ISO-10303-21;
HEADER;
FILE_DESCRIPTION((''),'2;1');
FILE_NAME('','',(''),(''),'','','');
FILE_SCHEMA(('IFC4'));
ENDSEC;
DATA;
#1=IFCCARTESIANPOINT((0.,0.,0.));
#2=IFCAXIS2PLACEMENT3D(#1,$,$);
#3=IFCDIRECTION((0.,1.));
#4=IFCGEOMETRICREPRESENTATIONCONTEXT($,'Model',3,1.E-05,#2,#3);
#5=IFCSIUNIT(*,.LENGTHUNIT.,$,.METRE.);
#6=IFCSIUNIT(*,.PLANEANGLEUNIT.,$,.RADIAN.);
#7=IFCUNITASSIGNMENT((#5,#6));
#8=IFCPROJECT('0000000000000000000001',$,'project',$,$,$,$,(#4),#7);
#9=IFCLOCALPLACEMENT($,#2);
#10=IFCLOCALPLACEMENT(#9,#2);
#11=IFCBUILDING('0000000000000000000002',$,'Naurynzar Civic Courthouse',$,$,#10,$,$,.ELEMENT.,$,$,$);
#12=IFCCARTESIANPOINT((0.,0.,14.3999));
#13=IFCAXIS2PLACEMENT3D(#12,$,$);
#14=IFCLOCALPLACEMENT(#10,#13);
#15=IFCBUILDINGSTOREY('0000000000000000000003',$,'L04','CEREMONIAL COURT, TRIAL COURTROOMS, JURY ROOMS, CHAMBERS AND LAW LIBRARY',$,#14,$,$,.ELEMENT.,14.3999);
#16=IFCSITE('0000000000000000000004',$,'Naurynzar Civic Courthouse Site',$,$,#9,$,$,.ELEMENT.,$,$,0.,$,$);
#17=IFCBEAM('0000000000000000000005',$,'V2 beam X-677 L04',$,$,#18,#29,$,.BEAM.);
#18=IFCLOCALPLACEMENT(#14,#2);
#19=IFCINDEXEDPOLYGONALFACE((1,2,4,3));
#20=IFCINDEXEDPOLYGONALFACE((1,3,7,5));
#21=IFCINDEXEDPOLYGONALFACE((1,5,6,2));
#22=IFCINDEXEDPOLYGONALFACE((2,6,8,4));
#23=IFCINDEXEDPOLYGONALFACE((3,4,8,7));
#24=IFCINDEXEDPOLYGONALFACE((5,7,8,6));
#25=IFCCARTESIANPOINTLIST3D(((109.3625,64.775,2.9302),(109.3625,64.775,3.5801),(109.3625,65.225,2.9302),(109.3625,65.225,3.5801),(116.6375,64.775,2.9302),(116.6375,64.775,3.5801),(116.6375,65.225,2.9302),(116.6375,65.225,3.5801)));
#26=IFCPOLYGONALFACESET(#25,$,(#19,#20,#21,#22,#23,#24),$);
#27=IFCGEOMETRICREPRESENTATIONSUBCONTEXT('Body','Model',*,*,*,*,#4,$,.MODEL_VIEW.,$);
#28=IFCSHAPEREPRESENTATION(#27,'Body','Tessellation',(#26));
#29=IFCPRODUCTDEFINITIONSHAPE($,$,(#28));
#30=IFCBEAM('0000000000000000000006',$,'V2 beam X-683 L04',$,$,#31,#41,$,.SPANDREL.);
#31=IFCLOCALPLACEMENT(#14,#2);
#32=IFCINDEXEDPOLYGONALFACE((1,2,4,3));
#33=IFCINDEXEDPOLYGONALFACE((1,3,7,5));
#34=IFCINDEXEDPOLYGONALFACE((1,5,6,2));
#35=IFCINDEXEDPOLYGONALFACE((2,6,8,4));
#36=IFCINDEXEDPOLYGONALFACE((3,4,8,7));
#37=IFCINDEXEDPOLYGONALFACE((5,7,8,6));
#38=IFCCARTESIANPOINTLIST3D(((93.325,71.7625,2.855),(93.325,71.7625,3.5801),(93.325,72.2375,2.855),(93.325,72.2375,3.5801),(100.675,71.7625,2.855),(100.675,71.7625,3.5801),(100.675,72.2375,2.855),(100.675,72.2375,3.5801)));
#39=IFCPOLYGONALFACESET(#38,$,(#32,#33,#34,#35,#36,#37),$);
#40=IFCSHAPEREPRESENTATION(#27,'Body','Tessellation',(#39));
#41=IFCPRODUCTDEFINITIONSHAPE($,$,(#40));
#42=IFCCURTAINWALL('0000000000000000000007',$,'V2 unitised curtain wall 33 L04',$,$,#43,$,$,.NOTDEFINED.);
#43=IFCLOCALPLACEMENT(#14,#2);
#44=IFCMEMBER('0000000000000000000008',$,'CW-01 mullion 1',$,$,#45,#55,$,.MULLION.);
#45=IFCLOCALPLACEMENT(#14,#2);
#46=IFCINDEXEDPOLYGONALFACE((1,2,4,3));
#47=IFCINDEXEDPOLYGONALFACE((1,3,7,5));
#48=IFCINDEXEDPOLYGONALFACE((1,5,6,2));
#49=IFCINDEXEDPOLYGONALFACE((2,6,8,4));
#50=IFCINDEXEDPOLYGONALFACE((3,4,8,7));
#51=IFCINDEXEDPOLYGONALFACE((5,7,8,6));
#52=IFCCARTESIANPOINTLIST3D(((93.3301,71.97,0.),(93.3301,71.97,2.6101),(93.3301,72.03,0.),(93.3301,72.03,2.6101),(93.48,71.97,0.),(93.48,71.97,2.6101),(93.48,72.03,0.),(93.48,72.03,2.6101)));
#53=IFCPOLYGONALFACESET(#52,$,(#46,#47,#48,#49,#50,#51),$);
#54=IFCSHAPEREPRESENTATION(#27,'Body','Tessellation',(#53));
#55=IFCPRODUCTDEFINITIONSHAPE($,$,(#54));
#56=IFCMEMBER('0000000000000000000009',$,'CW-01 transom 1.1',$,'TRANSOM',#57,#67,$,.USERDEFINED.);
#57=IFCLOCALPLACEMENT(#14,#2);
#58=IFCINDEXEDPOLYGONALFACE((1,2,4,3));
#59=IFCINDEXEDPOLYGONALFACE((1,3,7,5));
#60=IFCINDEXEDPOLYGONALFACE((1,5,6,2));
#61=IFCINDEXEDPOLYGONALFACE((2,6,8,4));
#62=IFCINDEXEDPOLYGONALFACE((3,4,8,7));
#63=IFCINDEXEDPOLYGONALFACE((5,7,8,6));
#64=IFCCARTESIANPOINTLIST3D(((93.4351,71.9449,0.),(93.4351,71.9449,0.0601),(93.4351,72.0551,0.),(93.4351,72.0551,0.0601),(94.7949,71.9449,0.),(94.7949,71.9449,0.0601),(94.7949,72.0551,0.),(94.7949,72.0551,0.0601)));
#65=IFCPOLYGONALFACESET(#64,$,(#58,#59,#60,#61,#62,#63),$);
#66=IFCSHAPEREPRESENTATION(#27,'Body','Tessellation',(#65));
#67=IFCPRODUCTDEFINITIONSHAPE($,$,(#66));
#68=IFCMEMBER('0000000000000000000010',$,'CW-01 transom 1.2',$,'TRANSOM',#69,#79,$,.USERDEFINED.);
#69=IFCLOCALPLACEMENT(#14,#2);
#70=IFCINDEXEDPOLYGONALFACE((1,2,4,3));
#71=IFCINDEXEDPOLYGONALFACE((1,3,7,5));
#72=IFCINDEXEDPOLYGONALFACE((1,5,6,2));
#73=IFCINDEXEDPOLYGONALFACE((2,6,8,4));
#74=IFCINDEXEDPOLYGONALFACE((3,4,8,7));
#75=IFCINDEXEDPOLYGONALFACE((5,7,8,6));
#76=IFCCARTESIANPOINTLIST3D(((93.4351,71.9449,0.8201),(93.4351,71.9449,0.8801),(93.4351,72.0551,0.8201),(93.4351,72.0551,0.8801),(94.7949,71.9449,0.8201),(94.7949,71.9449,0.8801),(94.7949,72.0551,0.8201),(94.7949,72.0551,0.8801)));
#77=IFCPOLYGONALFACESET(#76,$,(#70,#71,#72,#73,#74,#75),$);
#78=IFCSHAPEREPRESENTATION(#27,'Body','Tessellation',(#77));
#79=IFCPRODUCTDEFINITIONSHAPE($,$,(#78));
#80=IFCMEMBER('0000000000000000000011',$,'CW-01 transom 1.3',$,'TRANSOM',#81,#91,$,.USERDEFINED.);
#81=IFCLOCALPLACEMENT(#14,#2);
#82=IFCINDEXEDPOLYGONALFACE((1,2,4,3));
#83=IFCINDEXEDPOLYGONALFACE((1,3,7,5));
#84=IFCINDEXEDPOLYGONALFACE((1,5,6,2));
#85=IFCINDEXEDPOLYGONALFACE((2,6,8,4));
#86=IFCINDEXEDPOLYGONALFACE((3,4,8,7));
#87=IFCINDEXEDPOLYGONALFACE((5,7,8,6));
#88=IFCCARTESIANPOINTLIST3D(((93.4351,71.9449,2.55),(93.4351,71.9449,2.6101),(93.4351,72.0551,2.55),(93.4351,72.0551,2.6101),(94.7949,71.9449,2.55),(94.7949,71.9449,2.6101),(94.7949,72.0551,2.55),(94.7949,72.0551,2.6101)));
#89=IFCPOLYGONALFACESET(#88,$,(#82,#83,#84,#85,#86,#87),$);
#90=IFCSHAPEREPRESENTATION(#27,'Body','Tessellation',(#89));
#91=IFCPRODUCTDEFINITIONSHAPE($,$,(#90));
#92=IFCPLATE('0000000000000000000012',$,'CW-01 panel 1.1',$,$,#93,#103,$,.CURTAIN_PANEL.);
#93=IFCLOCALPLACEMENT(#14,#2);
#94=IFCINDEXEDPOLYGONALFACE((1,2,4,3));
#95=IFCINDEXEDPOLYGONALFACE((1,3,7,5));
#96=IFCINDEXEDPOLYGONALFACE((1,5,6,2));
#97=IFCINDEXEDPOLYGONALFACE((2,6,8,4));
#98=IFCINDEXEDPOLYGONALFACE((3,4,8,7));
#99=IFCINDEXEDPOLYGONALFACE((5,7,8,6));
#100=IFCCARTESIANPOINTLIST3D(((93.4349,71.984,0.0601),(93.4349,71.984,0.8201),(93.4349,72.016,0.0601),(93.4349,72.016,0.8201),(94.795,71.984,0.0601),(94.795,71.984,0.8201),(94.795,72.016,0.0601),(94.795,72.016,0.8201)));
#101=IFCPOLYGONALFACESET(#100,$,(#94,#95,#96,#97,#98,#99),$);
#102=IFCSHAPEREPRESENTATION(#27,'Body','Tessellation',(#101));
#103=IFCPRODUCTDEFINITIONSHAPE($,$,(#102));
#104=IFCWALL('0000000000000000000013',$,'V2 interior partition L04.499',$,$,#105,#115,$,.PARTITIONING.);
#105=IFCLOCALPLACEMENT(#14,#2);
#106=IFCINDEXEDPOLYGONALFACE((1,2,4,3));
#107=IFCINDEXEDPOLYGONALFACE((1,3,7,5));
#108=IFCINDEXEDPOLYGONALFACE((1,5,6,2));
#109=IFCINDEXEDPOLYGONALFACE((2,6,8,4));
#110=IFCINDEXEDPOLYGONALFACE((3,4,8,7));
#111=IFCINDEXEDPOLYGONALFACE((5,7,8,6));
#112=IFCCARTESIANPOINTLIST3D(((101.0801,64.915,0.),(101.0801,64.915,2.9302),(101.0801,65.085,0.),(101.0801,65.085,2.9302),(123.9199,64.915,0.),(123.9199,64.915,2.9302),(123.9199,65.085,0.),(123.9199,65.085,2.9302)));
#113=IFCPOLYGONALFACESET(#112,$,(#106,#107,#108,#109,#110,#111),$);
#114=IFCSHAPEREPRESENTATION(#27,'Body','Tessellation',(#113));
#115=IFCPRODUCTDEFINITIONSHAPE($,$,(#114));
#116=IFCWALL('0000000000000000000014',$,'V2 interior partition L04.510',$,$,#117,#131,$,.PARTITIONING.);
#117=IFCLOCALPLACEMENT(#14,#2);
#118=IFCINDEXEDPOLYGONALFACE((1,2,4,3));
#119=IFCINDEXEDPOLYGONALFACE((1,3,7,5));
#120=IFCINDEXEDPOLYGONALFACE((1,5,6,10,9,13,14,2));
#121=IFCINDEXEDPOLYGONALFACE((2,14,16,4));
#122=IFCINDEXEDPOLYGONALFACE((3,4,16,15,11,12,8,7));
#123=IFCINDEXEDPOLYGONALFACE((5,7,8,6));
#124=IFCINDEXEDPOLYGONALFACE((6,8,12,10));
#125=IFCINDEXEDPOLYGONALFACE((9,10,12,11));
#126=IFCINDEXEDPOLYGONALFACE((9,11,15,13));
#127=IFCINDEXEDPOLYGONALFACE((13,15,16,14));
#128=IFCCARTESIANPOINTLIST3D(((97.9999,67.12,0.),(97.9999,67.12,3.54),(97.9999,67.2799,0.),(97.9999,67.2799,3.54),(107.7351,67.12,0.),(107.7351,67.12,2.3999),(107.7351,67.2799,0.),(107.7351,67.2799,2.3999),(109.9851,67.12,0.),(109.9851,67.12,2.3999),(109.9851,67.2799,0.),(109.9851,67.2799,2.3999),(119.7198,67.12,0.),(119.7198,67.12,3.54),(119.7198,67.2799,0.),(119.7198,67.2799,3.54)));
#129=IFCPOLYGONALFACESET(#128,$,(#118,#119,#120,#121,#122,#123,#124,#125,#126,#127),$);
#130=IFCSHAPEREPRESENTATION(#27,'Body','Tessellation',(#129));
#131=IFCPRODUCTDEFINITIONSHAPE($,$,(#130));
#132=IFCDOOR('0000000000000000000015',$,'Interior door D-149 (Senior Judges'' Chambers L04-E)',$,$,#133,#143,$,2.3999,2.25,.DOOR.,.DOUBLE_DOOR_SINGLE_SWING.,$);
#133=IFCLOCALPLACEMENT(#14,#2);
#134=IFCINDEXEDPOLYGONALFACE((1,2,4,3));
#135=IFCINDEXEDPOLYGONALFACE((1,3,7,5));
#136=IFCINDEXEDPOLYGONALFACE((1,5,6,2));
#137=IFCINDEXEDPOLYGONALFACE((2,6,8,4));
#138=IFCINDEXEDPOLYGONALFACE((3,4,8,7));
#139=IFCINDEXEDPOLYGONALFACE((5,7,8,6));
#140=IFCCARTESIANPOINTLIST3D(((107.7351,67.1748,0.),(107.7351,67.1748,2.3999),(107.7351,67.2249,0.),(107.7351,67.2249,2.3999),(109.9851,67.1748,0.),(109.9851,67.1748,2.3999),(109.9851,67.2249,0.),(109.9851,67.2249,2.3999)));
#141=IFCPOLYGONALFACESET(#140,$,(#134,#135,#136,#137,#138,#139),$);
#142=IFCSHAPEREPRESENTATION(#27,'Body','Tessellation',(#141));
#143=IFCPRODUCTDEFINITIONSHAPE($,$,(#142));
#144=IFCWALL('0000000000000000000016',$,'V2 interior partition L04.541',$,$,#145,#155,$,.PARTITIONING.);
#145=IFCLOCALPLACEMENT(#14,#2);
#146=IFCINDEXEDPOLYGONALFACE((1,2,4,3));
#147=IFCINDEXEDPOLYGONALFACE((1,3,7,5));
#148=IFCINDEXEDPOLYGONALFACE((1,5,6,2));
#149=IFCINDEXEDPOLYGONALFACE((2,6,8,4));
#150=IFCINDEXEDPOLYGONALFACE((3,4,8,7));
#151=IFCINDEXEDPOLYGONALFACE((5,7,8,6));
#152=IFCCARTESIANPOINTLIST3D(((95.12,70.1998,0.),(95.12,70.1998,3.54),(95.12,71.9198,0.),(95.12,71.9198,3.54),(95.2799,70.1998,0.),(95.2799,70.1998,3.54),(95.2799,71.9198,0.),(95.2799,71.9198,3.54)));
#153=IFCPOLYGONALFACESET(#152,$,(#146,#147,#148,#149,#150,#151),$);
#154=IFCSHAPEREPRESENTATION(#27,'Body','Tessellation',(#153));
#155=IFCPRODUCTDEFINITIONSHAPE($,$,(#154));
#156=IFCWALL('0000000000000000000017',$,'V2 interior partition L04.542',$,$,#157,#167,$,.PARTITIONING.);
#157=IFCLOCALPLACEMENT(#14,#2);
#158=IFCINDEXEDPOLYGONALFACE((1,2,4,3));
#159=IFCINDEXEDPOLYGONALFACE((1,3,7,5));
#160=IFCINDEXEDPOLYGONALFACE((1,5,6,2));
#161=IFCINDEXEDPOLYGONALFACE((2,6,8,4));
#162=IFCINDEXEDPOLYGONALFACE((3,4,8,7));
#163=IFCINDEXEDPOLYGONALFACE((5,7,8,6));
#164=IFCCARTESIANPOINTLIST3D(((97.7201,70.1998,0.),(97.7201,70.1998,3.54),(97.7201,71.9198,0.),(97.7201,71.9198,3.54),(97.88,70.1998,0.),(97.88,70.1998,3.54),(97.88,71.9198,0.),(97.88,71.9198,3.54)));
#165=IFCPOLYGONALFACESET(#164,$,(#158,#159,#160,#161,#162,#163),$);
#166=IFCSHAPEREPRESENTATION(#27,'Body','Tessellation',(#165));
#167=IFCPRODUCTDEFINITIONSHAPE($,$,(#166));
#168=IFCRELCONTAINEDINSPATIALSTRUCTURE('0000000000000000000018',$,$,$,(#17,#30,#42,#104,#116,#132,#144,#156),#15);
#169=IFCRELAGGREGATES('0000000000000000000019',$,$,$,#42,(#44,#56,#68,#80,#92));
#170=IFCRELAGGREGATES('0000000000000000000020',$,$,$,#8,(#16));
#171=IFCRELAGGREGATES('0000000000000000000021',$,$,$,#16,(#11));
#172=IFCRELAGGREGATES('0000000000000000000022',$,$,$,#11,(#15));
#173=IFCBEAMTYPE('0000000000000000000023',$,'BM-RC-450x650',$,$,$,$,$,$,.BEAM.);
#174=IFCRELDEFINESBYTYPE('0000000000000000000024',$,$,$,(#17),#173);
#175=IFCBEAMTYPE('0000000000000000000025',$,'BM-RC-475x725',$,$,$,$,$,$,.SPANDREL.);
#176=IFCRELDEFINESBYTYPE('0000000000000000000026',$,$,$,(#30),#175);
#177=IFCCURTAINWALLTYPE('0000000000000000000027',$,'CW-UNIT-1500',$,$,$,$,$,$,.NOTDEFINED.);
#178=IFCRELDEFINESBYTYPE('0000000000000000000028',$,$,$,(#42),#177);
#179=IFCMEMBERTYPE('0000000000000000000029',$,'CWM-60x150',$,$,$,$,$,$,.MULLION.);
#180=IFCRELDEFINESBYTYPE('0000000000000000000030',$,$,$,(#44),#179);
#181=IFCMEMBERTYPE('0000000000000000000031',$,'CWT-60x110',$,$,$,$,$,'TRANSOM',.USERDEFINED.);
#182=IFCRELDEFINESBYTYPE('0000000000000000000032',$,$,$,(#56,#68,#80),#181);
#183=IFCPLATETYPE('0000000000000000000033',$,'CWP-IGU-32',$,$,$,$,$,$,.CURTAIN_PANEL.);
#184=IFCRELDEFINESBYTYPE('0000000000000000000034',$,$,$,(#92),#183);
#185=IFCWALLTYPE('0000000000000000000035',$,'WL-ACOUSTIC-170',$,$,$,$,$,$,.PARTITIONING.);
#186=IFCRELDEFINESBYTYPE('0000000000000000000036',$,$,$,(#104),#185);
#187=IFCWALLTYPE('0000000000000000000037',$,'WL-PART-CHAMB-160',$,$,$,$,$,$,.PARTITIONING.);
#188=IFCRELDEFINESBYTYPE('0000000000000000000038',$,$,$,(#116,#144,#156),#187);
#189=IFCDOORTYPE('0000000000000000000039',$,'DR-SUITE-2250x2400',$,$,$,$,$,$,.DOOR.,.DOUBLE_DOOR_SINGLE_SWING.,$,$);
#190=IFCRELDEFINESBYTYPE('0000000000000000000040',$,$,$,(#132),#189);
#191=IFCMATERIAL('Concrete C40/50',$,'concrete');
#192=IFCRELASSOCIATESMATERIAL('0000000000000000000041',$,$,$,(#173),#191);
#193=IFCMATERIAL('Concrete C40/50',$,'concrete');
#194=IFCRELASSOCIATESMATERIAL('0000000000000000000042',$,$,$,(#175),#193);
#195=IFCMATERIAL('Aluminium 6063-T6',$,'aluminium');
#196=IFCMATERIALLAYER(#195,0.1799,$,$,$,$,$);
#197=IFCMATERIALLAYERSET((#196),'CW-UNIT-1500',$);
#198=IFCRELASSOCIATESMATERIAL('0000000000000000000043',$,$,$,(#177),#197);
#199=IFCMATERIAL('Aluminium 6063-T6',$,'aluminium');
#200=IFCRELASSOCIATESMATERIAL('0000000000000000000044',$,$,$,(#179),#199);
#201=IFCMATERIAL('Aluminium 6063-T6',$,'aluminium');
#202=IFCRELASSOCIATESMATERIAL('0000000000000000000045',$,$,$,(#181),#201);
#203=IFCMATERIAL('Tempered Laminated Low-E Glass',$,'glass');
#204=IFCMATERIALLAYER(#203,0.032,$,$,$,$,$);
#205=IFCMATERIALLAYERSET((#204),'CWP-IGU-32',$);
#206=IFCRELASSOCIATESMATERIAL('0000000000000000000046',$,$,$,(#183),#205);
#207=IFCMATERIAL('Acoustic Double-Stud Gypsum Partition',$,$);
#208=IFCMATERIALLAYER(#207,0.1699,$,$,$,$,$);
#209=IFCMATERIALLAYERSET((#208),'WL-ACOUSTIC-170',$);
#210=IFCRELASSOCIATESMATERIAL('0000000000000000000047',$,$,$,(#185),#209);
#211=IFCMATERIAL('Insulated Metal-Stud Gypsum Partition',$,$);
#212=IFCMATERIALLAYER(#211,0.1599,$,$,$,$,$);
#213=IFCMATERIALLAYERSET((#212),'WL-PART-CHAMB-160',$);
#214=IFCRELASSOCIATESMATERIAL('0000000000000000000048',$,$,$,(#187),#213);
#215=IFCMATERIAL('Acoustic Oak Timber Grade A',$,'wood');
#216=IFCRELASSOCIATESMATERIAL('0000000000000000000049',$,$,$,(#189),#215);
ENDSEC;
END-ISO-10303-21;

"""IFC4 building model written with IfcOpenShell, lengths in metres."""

from ifc_helpers import new_model, si_unit, direction, frame, frame_2d, origin, origin_2d, place, context, subcontext, project, spatial, rectangle, extrude, material, layer, layer_set, material_profile, profile_set, type_object, element, fill, aggregate, save


model = new_model("IFC4")

# Units and contexts
model_context = context("Model", 3, precision=1e-05, world=origin(), true_north=direction((0.0, 1.0)))
body_context = subcontext(model_context, "Body", "Model", "MODEL_VIEW")
ifc_project = project(units=[si_unit("LENGTHUNIT", "METRE"), si_unit("PLANEANGLEUNIT", "RADIAN")], contexts=[model_context])

# Site, building, storey
site_placement = place(None, origin())
site = spatial("IfcSite", under=ifc_project, at=site_placement, Name="Naurynzar Civic Courthouse Site", CompositionType="ELEMENT", RefElevation=0.0)
building_placement = place(site_placement, origin())
building = spatial("IfcBuilding", under=site, at=building_placement, Name="Naurynzar Civic Courthouse", CompositionType="ELEMENT")
storey_placement = place(building_placement, frame((0.0, 0.0, 14.3999)))
storey = spatial("IfcBuildingStorey", under=building, at=storey_placement, Name="L04", Description="CEREMONIAL COURT, TRIAL COURTROOMS, JURY ROOMS, CHAMBERS AND LAW LIBRARY", CompositionType="ELEMENT", Elevation=14.3999)

# Beams
ifc_material_1 = material(Name="Concrete C40/50", Category="concrete")
ifc_material_profile_1 = material_profile(ifc_material_1, rectangle(XDim=0.45, YDim=0.6499, at=origin_2d()), Name="RCB 450x650")
ifc_profile_set_1 = profile_set([ifc_material_profile_1], Name="Concrete C40/50")
beam_type_1 = type_object("IfcBeamType", Name="BM-RC-450x650", PredefinedType="BEAM", material=ifc_profile_set_1)
for number, where, z_axis, x_axis, name in (
    (1, (109.3625, 65.0, 3.2551), (1.0, 0.0, 0.0), (0.0, 1.0, 0.0), "V2 beam X-677 L04"),
):
    element("IfcBeam", number, at=place(storey_placement, frame(where, z_axis=z_axis, x_axis=x_axis)), inside=storey, type_object=beam_type_1, Name=name, PredefinedType="BEAM", context=body_context, shape_type="SweptSolid", body=[
        extrude(rectangle(XDim=0.45, YDim=0.6499, at=origin_2d()), origin(), (0.0, 0.0, 1.0), 7.2749),
    ])
ifc_material_2 = material(Name="Concrete C40/50", Category="concrete")
ifc_material_profile_2 = material_profile(ifc_material_2, rectangle(XDim=0.4751, YDim=0.7251, at=origin_2d()), Name="RCB 475x725")
ifc_profile_set_2 = profile_set([ifc_material_profile_2], Name="Concrete C40/50")
beam_type_2 = type_object("IfcBeamType", Name="BM-RC-475x725", PredefinedType="SPANDREL", material=ifc_profile_set_2)
beam_placement = place(storey_placement, frame((93.325, 72.0, 3.2175), z_axis=(1.0, 0.0, 0.0), x_axis=(0.0, 1.0, 0.0)))
element("IfcBeam", 2, at=beam_placement, inside=storey, type_object=beam_type_2, Name="V2 beam X-683 L04", PredefinedType="SPANDREL", context=body_context, shape_type="SweptSolid", body=[
    extrude(rectangle(XDim=0.4751, YDim=0.7251, at=origin_2d()), origin(), (0.0, 0.0, 1.0), 7.3501),
])

# Curtain wall, members, plate
ifc_material_3 = material(Name="Aluminium 6063-T6", Category="aluminium")
ifc_layer_1 = layer(ifc_material_3, 0.1799)
ifc_layer_set_1 = layer_set([ifc_layer_1], Name="CW-UNIT-1500")
curtain_wall_type = type_object("IfcCurtainWallType", Name="CW-UNIT-1500", PredefinedType="NOTDEFINED", material=ifc_layer_set_1)
curtain_wall_placement = place(storey_placement, origin())
curtain_wall = element("IfcCurtainWall", 3, at=curtain_wall_placement, inside=storey, type_object=curtain_wall_type, Name="V2 unitised curtain wall 33 L04", PredefinedType="NOTDEFINED")
ifc_material_4 = material(Name="Aluminium 6063-T6", Category="aluminium")
ifc_material_profile_3 = material_profile(ifc_material_4, rectangle(XDim=0.0601, YDim=0.1499, at=origin_2d()), Name="ALU MULLION 60x150")
ifc_profile_set_3 = profile_set([ifc_material_profile_3], Name="Aluminium 6063-T6")
member_type_1 = type_object("IfcMemberType", Name="CWM-60x150", PredefinedType="MULLION", material=ifc_profile_set_3)
member_1_placement = place(storey_placement, frame((93.405, 72.0, 0.0), z_axis=(0.0, 0.0, 1.0), x_axis=(0.0, 1.0, 0.0)))
member_1 = element("IfcMember", 4, at=member_1_placement, type_object=member_type_1, Name="CW-01 mullion 1", PredefinedType="MULLION", context=body_context, shape_type="SweptSolid", body=[
    extrude(rectangle(XDim=0.0601, YDim=0.1499, at=origin_2d()), origin(), (0.0, 0.0, 1.0), 2.6101),
])
ifc_material_5 = material(Name="Aluminium 6063-T6", Category="aluminium")
ifc_material_profile_4 = material_profile(ifc_material_5, rectangle(XDim=0.1101, YDim=0.0601, at=origin_2d()), Name="ALU TRANSOM 60x110")
ifc_profile_set_4 = profile_set([ifc_material_profile_4], Name="Aluminium 6063-T6")
member_type_2 = type_object("IfcMemberType", Name="CWT-60x110", ElementType="TRANSOM", PredefinedType="USERDEFINED", material=ifc_profile_set_4)
member_2_placement = place(storey_placement, frame((93.4351, 72.0, 0.03), z_axis=(1.0, 0.0, 0.0), x_axis=(0.0, 1.0, 0.0)))
member_2 = element("IfcMember", 5, at=member_2_placement, type_object=member_type_2, Name="CW-01 transom 1.1", ObjectType="TRANSOM", PredefinedType="USERDEFINED", context=body_context, shape_type="SweptSolid", body=[
    extrude(rectangle(XDim=0.1101, YDim=0.0601, at=origin_2d()), origin(), (0.0, 0.0, 1.0), 1.3599),
])
member_3_placement = place(storey_placement, frame((93.4351, 72.0, 0.8501), z_axis=(1.0, 0.0, 0.0), x_axis=(0.0, 1.0, 0.0)))
member_3 = element("IfcMember", 6, at=member_3_placement, type_object=member_type_2, Name="CW-01 transom 1.2", ObjectType="TRANSOM", PredefinedType="USERDEFINED", context=body_context, shape_type="SweptSolid", body=[
    extrude(rectangle(XDim=0.1101, YDim=0.0601, at=origin_2d()), origin(), (0.0, 0.0, 1.0), 1.3599),
])
member_4_placement = place(storey_placement, frame((93.4351, 72.0, 2.5801), z_axis=(1.0, 0.0, 0.0), x_axis=(0.0, 1.0, 0.0)))
member_4 = element("IfcMember", 7, at=member_4_placement, type_object=member_type_2, Name="CW-01 transom 1.3", ObjectType="TRANSOM", PredefinedType="USERDEFINED", context=body_context, shape_type="SweptSolid", body=[
    extrude(rectangle(XDim=0.1101, YDim=0.0601, at=origin_2d()), origin(), (0.0, 0.0, 1.0), 1.3599),
])
ifc_material_6 = material(Name="Tempered Laminated Low-E Glass", Category="glass")
ifc_layer_2 = layer(ifc_material_6, 0.032)
ifc_layer_set_2 = layer_set([ifc_layer_2], Name="CWP-IGU-32")
plate_type = type_object("IfcPlateType", Name="CWP-IGU-32", PredefinedType="CURTAIN_PANEL", material=ifc_layer_set_2)
plate_placement = place(storey_placement, frame((94.115, 72.0, 0.0601), z_axis=(0.0, 0.0, 1.0), x_axis=(1.0, 0.0, 0.0)))
plate = element("IfcPlate", 8, at=plate_placement, type_object=plate_type, Name="CW-01 panel 1.1", PredefinedType="CURTAIN_PANEL", context=body_context, shape_type="SweptSolid", body=[
    extrude(rectangle(XDim=1.3601, YDim=0.032, at=origin_2d()), origin(), (0.0, 0.0, 1.0), 0.76),
])
aggregate(curtain_wall, [member_1, member_2, member_3, member_4, plate])

# Wall
ifc_material_7 = material(Name="Acoustic Double-Stud Gypsum Partition")
ifc_layer_3 = layer(ifc_material_7, 0.1699)
ifc_layer_set_3 = layer_set([ifc_layer_3], Name="WL-ACOUSTIC-170")
wall_type_1 = type_object("IfcWallType", Name="WL-ACOUSTIC-170", PredefinedType="PARTITIONING", material=ifc_layer_set_3)
wall_1_placement = place(storey_placement, frame((101.0801, 65.0, 0.0), z_axis=(0.0, 0.0, 1.0), x_axis=(1.0, 0.0, 0.0)))
element("IfcWall", 9, at=wall_1_placement, inside=storey, type_object=wall_type_1, Name="V2 interior partition L04.499", PredefinedType="PARTITIONING", context=body_context, shape_type="SweptSolid", body=[
    extrude(rectangle(XDim=22.8398, YDim=0.1699, at=frame_2d((11.4199, 0.0))), origin(), (0.0, 0.0, 1.0), 2.9302),
])

# Wall, opening, door
ifc_material_8 = material(Name="Insulated Metal-Stud Gypsum Partition")
ifc_layer_4 = layer(ifc_material_8, 0.1599)
ifc_layer_set_4 = layer_set([ifc_layer_4], Name="WL-PART-CHAMB-160")
wall_type_2 = type_object("IfcWallType", Name="WL-PART-CHAMB-160", PredefinedType="PARTITIONING", material=ifc_layer_set_4)
wall_2_placement = place(storey_placement, frame((98.0, 67.2, 0.0), z_axis=(0.0, 0.0, 1.0), x_axis=(1.0, 0.0, 0.0)))
wall_2 = element("IfcWall", 10, at=wall_2_placement, inside=storey, type_object=wall_type_2, Name="V2 interior partition L04.510", PredefinedType="PARTITIONING", context=body_context, shape_type="SweptSolid", body=[
    extrude(rectangle(XDim=21.72, YDim=0.1599, at=frame_2d((10.8599, 0.0))), origin(), (0.0, 0.0, 1.0), 3.54),
])
opening_1_placement = place(wall_2_placement, frame((9.7351, 0.0, 0.0)))
opening_1 = element("IfcOpeningElement", 11, at=opening_1_placement, cuts=wall_2, PredefinedType="OPENING", context=body_context, shape_type="SweptSolid", body=[
    extrude(rectangle(XDim=2.25, YDim=2.3999, at=frame_2d((1.125, 1.2))), frame((0.0, 0.0898, 0.0), z_axis=(0.0, -1.0, 0.0), x_axis=(1.0, 0.0, 0.0)), (0.0, 0.0, 1.0), 0.1799),
])
ifc_material_9 = material(Name="Acoustic Oak Timber Grade A", Category="wood")
door_type_1 = type_object("IfcDoorType", Name="DR-SUITE-2250x2400", OperationType="DOUBLE_DOOR_SINGLE_SWING", PredefinedType="DOOR", material=ifc_material_9)
door_1_placement = place(opening_1_placement, origin())
door_1 = element("IfcDoor", 12, at=door_1_placement, inside=storey, type_object=door_type_1, Name="Interior door D-149 (Senior Judges' Chambers L04-E)", OperationType="DOUBLE_DOOR_SINGLE_SWING", OverallHeight=2.3999, OverallWidth=2.25, PredefinedType="DOOR", context=body_context, shape_type="SweptSolid", body=[
    extrude(rectangle(XDim=2.25, YDim=2.3999, at=frame_2d((1.125, 1.2))), frame((0.0, 0.0249, 0.0), z_axis=(0.0, -1.0, 0.0), x_axis=(1.0, 0.0, 0.0)), (0.0, 0.0, 1.0), 0.05),
])
fill(opening_1, door_1)

# Walls
for number, where, z_axis, x_axis, name in (
    (13, (95.2, 70.2, 0.0), (0.0, 0.0, 1.0), (0.0, 1.0, 0.0), "V2 interior partition L04.541"),
    (14, (97.8, 70.2, 0.0), (0.0, 0.0, 1.0), (0.0, 1.0, 0.0), "V2 interior partition L04.542"),
):
    element("IfcWall", number, at=place(storey_placement, frame(where, z_axis=z_axis, x_axis=x_axis)), inside=storey, type_object=wall_type_2, Name=name, PredefinedType="PARTITIONING", context=body_context, shape_type="SweptSolid", body=[
        extrude(rectangle(XDim=1.72, YDim=0.1599, at=frame_2d((0.8599, 0.0))), origin(), (0.0, 0.0, 1.0), 3.54),
    ])

save(model, "model.ifc")
